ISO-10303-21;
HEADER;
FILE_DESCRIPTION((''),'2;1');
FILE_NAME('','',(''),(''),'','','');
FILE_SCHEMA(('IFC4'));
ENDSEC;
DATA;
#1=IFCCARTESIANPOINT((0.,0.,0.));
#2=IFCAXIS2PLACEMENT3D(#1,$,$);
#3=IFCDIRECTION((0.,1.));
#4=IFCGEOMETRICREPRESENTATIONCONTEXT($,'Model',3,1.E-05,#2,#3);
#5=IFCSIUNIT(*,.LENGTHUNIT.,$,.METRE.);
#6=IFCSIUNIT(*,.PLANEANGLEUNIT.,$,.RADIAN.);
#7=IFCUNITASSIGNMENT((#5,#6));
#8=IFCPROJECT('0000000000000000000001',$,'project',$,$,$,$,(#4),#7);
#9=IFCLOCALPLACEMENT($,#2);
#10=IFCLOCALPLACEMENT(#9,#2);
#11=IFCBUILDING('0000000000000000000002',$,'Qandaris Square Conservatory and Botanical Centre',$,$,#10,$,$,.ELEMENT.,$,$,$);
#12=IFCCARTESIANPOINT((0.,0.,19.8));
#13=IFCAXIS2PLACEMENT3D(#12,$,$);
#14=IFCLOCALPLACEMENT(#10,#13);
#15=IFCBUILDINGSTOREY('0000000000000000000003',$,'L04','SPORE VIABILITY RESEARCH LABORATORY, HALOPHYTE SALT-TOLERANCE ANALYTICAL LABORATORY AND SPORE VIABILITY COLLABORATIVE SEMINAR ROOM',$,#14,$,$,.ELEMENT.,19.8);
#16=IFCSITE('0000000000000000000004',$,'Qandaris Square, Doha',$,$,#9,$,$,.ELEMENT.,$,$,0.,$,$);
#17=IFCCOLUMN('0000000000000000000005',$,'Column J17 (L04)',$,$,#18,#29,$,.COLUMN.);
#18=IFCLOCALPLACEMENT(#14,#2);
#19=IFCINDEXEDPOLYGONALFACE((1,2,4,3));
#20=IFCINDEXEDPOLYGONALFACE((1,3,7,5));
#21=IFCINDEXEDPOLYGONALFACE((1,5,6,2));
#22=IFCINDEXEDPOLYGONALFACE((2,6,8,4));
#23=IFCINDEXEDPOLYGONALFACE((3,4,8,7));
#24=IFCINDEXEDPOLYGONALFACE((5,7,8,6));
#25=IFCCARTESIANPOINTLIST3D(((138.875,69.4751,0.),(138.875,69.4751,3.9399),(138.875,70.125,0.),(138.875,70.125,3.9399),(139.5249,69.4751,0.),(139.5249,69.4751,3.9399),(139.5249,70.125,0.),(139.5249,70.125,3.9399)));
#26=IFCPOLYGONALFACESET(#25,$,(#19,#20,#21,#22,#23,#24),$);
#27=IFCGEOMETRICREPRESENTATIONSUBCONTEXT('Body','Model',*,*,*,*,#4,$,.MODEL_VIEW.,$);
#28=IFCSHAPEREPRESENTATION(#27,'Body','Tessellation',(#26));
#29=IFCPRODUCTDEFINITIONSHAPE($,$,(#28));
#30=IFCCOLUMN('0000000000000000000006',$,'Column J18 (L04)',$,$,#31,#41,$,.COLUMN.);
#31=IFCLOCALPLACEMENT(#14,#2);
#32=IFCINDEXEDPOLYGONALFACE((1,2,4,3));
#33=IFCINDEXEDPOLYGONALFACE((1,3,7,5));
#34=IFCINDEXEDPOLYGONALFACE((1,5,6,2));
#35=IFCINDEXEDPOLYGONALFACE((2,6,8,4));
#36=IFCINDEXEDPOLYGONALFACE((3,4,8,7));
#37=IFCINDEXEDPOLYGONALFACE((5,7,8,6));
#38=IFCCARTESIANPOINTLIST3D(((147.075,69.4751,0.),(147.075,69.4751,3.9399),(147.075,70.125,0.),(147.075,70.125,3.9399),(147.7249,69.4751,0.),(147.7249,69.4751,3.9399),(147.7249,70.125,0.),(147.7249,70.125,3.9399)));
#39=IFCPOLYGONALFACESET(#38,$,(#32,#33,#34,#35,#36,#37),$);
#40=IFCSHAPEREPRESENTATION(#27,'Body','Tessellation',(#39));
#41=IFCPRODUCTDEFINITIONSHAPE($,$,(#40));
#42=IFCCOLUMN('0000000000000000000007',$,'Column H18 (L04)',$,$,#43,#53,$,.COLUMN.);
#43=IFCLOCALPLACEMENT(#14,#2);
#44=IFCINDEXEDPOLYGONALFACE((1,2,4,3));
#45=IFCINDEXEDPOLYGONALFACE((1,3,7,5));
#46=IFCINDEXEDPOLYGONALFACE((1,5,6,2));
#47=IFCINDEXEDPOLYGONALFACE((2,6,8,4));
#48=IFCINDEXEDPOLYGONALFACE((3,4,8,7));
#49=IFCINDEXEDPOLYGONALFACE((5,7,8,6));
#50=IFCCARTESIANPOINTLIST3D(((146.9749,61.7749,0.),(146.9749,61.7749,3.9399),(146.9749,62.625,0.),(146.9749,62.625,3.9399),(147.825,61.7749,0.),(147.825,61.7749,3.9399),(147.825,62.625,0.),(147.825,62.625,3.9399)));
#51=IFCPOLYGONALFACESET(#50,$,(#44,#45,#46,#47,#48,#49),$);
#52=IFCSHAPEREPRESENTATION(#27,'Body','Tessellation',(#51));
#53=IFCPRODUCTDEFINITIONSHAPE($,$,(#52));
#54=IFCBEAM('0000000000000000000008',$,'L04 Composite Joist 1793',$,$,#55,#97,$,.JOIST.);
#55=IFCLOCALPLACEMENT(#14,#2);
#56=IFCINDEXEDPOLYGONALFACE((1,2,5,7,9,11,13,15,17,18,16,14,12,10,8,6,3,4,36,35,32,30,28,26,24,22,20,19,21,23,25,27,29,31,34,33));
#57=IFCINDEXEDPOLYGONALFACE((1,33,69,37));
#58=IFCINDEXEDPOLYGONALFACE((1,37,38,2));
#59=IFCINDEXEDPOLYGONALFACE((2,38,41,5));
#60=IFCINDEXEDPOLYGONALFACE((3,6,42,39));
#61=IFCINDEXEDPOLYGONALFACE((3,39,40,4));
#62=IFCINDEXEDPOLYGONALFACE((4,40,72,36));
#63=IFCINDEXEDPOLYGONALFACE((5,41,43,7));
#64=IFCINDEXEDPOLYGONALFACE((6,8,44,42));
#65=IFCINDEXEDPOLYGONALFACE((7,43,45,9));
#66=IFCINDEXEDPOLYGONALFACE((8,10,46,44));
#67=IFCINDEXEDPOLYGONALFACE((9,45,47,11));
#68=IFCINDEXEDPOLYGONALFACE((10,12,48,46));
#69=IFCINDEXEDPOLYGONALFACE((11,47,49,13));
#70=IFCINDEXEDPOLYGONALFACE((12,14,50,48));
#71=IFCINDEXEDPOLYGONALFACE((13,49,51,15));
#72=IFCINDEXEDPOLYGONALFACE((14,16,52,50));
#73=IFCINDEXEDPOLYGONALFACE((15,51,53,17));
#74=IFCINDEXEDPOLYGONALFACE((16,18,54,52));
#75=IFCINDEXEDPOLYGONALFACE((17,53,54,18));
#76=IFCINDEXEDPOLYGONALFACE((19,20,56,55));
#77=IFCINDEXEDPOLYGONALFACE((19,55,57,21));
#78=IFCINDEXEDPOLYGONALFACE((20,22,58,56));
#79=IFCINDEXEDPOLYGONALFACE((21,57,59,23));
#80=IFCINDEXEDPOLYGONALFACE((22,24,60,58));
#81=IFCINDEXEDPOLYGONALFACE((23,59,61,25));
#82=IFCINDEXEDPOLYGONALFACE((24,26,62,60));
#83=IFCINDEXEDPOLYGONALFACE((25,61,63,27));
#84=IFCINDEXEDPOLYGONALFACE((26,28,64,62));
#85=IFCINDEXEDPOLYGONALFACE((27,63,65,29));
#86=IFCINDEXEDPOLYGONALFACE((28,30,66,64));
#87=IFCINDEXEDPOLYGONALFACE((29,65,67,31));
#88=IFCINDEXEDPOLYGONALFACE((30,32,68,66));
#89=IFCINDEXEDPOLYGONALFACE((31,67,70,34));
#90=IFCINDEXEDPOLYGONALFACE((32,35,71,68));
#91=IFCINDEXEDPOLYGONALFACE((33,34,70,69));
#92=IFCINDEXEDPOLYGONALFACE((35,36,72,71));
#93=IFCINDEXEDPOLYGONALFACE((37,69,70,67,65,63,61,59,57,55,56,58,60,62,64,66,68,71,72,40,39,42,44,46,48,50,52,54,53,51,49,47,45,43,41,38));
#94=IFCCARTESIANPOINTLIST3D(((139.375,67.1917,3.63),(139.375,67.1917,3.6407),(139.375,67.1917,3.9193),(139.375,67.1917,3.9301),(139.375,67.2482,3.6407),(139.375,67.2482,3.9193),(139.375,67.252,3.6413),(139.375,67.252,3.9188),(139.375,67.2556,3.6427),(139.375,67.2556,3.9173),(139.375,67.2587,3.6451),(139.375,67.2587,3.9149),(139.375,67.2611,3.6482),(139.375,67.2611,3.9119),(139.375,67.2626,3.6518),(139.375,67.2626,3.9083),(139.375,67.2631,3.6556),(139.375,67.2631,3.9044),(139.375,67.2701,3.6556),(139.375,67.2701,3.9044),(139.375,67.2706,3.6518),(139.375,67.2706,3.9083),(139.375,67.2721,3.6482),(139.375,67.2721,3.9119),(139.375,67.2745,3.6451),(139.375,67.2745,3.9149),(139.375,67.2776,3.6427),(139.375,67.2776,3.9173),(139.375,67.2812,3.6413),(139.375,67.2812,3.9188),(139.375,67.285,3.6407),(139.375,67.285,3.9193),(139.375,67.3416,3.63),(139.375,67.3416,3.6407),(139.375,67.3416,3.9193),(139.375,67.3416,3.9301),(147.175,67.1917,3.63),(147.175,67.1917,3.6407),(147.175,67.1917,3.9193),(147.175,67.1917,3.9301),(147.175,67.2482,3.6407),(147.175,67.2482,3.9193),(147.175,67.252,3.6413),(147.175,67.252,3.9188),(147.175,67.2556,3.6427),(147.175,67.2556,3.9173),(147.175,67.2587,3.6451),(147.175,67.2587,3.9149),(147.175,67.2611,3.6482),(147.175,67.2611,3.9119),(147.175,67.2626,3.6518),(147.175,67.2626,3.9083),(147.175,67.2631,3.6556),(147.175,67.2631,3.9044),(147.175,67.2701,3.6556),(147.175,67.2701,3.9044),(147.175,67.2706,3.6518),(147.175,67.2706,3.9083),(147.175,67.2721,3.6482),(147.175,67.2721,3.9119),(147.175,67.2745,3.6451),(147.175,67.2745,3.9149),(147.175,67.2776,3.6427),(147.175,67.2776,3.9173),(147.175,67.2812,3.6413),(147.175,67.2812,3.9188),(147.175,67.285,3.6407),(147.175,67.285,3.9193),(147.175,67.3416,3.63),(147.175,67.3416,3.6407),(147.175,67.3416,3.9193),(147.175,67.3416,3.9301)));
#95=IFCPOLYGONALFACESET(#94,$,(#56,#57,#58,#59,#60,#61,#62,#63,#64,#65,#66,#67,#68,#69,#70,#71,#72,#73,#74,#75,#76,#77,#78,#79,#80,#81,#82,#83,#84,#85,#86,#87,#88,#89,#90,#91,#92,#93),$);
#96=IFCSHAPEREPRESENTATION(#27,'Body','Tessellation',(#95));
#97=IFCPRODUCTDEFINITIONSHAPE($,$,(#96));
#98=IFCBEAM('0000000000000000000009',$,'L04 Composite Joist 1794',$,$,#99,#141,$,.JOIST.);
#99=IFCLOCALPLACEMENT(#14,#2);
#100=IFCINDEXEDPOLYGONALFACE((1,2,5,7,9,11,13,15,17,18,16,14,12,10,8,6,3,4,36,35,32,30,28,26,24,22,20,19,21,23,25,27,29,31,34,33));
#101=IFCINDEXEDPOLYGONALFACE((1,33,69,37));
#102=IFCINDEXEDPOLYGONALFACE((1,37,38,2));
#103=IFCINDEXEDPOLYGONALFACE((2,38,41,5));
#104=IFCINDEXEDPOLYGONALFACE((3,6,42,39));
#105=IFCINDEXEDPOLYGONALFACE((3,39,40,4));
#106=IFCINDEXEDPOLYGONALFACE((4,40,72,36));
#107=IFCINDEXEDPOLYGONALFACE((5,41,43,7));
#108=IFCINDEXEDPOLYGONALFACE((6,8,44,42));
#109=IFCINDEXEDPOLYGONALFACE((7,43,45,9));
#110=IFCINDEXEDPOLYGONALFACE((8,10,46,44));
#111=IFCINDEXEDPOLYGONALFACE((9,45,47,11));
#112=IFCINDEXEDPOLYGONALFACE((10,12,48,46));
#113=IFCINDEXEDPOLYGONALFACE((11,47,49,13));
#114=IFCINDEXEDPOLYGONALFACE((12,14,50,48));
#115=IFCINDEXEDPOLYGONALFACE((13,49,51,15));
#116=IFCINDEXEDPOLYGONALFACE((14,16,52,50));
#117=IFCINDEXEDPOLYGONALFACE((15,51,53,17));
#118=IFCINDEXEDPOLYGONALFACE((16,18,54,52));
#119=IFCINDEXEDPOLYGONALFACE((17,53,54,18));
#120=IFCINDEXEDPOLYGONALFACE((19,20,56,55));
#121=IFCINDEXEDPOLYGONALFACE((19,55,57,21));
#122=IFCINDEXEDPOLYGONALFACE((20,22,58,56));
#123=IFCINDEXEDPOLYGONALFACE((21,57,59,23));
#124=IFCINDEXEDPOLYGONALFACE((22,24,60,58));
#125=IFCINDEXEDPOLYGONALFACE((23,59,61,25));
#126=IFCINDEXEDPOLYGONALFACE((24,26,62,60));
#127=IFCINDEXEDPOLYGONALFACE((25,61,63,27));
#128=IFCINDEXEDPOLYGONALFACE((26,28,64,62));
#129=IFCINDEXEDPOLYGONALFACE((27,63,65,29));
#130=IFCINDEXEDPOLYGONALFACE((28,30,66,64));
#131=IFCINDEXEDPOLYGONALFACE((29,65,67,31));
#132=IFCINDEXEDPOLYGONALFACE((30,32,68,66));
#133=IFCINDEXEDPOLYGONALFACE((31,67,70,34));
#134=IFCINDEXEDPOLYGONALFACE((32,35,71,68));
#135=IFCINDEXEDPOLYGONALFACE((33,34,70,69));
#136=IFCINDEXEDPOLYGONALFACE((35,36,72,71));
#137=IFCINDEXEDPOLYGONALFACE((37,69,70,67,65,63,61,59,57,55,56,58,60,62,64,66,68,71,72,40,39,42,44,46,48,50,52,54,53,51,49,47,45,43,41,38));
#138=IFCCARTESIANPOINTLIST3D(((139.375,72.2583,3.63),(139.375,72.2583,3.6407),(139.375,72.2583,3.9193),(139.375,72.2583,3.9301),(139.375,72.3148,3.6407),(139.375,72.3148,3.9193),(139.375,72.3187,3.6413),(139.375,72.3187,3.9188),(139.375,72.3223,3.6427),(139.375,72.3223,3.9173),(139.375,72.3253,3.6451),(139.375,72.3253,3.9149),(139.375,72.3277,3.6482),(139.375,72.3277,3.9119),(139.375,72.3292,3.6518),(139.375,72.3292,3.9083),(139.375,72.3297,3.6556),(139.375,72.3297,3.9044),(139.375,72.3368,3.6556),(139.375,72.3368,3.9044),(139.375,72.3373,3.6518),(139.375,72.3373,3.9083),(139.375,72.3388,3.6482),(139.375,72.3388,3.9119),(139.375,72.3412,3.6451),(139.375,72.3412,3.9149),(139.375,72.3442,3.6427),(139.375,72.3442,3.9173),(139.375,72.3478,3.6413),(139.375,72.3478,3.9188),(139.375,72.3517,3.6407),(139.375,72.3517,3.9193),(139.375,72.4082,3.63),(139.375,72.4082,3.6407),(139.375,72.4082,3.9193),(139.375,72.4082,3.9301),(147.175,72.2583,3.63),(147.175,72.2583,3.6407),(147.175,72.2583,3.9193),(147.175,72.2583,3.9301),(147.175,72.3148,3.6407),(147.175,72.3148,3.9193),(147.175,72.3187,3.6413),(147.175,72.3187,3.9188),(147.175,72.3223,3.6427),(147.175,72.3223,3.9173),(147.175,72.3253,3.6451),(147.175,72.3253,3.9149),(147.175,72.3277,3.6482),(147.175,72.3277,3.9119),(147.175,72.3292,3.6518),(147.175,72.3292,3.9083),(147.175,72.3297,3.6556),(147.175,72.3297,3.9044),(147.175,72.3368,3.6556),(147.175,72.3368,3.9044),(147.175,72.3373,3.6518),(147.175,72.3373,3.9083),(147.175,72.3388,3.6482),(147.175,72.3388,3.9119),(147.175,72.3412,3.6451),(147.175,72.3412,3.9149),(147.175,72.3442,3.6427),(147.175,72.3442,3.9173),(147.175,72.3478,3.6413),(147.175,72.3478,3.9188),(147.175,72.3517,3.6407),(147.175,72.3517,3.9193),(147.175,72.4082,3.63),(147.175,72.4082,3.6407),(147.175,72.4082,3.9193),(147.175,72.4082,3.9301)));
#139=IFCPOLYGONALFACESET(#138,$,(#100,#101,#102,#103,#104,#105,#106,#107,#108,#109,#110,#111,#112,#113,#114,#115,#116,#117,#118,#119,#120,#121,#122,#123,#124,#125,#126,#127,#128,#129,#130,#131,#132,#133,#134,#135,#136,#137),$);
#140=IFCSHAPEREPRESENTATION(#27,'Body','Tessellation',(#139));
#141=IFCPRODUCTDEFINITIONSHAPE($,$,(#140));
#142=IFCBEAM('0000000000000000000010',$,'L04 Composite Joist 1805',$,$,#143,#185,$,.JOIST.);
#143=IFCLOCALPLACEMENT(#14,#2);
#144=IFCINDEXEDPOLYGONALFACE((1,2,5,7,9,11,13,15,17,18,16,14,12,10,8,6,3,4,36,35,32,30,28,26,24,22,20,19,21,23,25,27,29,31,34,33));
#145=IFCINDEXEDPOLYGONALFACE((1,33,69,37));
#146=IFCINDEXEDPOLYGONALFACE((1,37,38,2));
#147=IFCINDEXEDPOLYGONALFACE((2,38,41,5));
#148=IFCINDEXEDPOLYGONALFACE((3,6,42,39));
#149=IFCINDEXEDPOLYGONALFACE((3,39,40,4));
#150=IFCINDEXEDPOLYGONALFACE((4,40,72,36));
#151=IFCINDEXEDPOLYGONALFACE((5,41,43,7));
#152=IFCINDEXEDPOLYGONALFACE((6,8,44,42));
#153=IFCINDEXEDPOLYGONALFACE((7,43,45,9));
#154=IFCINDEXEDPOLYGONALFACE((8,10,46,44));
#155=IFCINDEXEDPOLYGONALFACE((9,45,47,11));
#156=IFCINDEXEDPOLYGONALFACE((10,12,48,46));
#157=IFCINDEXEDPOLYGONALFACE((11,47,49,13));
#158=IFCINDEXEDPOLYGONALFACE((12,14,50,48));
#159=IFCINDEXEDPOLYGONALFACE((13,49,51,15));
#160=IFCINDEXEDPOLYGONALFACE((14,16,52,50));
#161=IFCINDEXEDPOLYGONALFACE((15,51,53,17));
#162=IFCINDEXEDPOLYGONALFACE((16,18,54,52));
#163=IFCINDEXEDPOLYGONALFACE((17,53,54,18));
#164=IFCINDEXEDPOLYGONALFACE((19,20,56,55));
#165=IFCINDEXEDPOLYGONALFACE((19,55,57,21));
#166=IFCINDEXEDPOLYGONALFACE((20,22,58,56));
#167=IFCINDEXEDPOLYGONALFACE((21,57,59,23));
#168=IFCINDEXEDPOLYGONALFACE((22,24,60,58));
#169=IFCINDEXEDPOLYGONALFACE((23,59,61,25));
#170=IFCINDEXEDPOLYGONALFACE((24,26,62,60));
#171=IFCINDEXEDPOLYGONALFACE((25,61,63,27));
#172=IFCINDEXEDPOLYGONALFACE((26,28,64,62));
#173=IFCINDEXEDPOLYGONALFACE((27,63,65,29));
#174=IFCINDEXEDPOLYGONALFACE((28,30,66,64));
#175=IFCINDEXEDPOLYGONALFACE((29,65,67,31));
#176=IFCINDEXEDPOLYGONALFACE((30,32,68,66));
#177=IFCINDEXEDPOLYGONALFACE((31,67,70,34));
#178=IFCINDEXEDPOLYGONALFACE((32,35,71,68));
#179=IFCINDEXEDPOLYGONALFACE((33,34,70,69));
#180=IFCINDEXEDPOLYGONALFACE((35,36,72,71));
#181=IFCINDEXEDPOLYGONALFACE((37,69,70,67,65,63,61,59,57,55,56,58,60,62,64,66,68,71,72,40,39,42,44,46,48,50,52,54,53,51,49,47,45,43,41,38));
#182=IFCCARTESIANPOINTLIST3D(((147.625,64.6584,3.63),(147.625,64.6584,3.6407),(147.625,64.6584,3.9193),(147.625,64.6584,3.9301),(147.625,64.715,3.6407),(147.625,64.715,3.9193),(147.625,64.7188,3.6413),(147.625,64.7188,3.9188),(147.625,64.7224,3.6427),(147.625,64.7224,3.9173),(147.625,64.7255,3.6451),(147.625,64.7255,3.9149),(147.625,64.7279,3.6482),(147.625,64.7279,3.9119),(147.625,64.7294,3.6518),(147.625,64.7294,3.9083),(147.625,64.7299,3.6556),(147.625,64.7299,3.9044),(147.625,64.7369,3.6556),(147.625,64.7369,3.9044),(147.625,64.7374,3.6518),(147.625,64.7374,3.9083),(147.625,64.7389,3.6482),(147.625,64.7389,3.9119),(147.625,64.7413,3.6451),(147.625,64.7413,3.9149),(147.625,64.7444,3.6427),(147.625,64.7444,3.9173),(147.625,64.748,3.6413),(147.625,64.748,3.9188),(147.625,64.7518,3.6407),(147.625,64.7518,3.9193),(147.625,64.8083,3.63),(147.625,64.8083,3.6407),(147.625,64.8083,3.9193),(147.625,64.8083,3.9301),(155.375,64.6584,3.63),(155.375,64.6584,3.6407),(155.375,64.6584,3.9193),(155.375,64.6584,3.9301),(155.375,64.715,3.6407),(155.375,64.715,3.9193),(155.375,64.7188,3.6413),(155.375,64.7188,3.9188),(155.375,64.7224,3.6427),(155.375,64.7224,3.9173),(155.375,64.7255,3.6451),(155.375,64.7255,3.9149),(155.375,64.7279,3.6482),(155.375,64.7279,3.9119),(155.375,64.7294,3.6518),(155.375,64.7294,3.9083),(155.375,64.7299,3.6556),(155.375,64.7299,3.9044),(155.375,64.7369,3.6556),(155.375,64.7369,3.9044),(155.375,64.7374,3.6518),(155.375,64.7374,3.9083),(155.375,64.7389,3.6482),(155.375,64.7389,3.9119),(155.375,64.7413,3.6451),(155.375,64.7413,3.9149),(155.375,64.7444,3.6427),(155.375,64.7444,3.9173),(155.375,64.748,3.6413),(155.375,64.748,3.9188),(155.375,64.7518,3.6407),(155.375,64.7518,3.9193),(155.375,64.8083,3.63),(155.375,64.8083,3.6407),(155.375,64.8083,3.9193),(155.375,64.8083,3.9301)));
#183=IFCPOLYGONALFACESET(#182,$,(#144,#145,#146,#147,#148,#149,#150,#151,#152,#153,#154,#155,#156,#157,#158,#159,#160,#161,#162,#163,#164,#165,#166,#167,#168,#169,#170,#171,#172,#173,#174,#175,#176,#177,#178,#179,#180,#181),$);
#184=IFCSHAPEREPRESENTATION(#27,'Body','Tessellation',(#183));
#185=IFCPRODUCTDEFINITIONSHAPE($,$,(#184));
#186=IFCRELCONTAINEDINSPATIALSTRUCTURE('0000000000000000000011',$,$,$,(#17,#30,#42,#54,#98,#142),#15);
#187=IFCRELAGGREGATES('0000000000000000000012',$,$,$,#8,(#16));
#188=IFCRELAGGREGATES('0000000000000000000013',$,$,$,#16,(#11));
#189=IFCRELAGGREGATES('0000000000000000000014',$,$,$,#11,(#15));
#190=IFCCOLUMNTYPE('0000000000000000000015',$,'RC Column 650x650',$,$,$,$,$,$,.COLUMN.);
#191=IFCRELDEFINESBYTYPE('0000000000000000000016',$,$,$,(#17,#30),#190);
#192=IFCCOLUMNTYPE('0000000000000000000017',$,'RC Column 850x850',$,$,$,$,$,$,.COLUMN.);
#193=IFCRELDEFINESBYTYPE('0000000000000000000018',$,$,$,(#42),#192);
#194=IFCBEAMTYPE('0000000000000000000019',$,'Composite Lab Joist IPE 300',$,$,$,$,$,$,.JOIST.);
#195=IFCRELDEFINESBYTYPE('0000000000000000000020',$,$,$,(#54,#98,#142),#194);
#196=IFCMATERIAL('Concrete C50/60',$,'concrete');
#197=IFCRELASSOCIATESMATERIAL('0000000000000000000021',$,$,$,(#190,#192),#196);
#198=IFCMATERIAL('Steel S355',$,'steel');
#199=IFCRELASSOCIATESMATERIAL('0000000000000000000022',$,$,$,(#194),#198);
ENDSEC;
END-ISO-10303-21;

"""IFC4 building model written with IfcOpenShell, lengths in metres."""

from ifc_helpers import new_model, si_unit, direction, frame, origin, origin_2d, place, context, subcontext, project, spatial, rectangle, i_section, extrude, material, material_profile, profile_set, type_object, element, save


model = new_model("IFC4")

# Units and contexts
model_context = context("Model", 3, precision=1e-05, world=origin(), true_north=direction((0.0, 1.0)))
body_context = subcontext(model_context, "Body", "Model", "MODEL_VIEW")
ifc_project = project(units=[si_unit("LENGTHUNIT", "METRE"), si_unit("PLANEANGLEUNIT", "RADIAN")], contexts=[model_context])

# Site, building, storey
site_placement = place(None, origin())
site = spatial("IfcSite", under=ifc_project, at=site_placement, Name="Qandaris Square, Doha", CompositionType="ELEMENT", RefElevation=0.0)
building_placement = place(site_placement, origin())
building = spatial("IfcBuilding", under=site, at=building_placement, Name="Qandaris Square Conservatory and Botanical Centre", CompositionType="ELEMENT")
storey_placement = place(building_placement, frame((0.0, 0.0, 19.8)))
storey = spatial("IfcBuildingStorey", under=building, at=storey_placement, Name="L04", Description="SPORE VIABILITY RESEARCH LABORATORY, HALOPHYTE SALT-TOLERANCE ANALYTICAL LABORATORY AND SPORE VIABILITY COLLABORATIVE SEMINAR ROOM", CompositionType="ELEMENT", Elevation=19.8)

# Columns
ifc_material_1 = material(Name="Concrete C50/60", Category="concrete")
ifc_material_profile_1 = material_profile(ifc_material_1, rectangle(XDim=0.6499, YDim=0.6499, at=origin_2d()), Name="RC-COL 650x650")
ifc_profile_set_1 = profile_set([ifc_material_profile_1], Name="Concrete C50/60")
column_type_1 = type_object("IfcColumnType", Name="RC Column 650x650", PredefinedType="COLUMN", material=ifc_profile_set_1)
for number, where, z_axis, x_axis, name in (
    (1, (139.2, 69.8, 0.0), (0.0, 0.0, 1.0), (1.0, 0.0, 0.0), "Column J17 (L04)"),
    (2, (147.3999, 69.8, 0.0), (0.0, 0.0, 1.0), (1.0, 0.0, 0.0), "Column J18 (L04)"),
):
    element("IfcColumn", number, at=place(storey_placement, frame(where, z_axis=z_axis, x_axis=x_axis)), inside=storey, type_object=column_type_1, Name=name, PredefinedType="COLUMN", context=body_context, shape_type="SweptSolid", body=[
        extrude(rectangle(XDim=0.6499, YDim=0.6499, at=origin_2d()), origin(), (0.0, 0.0, 1.0), 3.9399),
    ])
ifc_material_profile_2 = material_profile(ifc_material_1, rectangle(XDim=0.8501, YDim=0.8501, at=origin_2d()), Name="RC-COL 850x850")
ifc_profile_set_2 = profile_set([ifc_material_profile_2], Name="Concrete C50/60")
column_type_2 = type_object("IfcColumnType", Name="RC Column 850x850", PredefinedType="COLUMN", material=ifc_profile_set_2)
column_placement = place(storey_placement, frame((147.3999, 62.2, 0.0), z_axis=(0.0, 0.0, 1.0), x_axis=(1.0, 0.0, 0.0)))
element("IfcColumn", 3, at=column_placement, inside=storey, type_object=column_type_2, Name="Column H18 (L04)", PredefinedType="COLUMN", context=body_context, shape_type="SweptSolid", body=[
    extrude(rectangle(XDim=0.8501, YDim=0.8501, at=origin_2d()), origin(), (0.0, 0.0, 1.0), 3.9399),
])

# Beams
ifc_material_2 = material(Name="Steel S355", Category="steel")
ifc_material_profile_3 = material_profile(ifc_material_2, i_section(OverallWidth=0.1499, OverallDepth=0.3, WebThickness=0.0071, FlangeThickness=0.0107, FilletRadius=0.0149, at=origin_2d()), Name="IPE 300")
ifc_profile_set_3 = profile_set([ifc_material_profile_3], Name="Steel S355")
beam_type_1 = type_object("IfcBeamType", Name="Composite Lab Joist IPE 300", PredefinedType="JOIST", material=ifc_profile_set_3)
for number, where, z_axis, x_axis, name in (
    (4, (139.375, 67.2666, 3.78), (1.0, 0.0, 0.0), (0.0, 1.0, 0.0), "L04 Composite Joist 1793"),
    (5, (139.375, 72.3333, 3.78), (1.0, 0.0, 0.0), (0.0, 1.0, 0.0), "L04 Composite Joist 1794"),
):
    element("IfcBeam", number, at=place(storey_placement, frame(where, z_axis=z_axis, x_axis=x_axis)), inside=storey, type_object=beam_type_1, Name=name, PredefinedType="JOIST", context=body_context, shape_type="SweptSolid", body=[
        extrude(i_section(OverallWidth=0.1499, OverallDepth=0.3, WebThickness=0.0071, FlangeThickness=0.0107, FilletRadius=0.0149, at=origin_2d()), origin(), (0.0, 0.0, 1.0), 7.8),
    ])
beam_1_placement = place(storey_placement, frame((147.625, 64.7334, 3.78), z_axis=(1.0, 0.0, 0.0), x_axis=(0.0, 1.0, 0.0)))
element("IfcBeam", 6, at=beam_1_placement, inside=storey, type_object=beam_type_1, Name="L04 Composite Joist 1805", PredefinedType="JOIST", context=body_context, shape_type="SweptSolid", body=[
    extrude(i_section(OverallWidth=0.1499, OverallDepth=0.3, WebThickness=0.0071, FlangeThickness=0.0107, FilletRadius=0.0149, at=origin_2d()), origin(), (0.0, 0.0, 1.0), 7.75),
])

save(model, "model.ifc")
